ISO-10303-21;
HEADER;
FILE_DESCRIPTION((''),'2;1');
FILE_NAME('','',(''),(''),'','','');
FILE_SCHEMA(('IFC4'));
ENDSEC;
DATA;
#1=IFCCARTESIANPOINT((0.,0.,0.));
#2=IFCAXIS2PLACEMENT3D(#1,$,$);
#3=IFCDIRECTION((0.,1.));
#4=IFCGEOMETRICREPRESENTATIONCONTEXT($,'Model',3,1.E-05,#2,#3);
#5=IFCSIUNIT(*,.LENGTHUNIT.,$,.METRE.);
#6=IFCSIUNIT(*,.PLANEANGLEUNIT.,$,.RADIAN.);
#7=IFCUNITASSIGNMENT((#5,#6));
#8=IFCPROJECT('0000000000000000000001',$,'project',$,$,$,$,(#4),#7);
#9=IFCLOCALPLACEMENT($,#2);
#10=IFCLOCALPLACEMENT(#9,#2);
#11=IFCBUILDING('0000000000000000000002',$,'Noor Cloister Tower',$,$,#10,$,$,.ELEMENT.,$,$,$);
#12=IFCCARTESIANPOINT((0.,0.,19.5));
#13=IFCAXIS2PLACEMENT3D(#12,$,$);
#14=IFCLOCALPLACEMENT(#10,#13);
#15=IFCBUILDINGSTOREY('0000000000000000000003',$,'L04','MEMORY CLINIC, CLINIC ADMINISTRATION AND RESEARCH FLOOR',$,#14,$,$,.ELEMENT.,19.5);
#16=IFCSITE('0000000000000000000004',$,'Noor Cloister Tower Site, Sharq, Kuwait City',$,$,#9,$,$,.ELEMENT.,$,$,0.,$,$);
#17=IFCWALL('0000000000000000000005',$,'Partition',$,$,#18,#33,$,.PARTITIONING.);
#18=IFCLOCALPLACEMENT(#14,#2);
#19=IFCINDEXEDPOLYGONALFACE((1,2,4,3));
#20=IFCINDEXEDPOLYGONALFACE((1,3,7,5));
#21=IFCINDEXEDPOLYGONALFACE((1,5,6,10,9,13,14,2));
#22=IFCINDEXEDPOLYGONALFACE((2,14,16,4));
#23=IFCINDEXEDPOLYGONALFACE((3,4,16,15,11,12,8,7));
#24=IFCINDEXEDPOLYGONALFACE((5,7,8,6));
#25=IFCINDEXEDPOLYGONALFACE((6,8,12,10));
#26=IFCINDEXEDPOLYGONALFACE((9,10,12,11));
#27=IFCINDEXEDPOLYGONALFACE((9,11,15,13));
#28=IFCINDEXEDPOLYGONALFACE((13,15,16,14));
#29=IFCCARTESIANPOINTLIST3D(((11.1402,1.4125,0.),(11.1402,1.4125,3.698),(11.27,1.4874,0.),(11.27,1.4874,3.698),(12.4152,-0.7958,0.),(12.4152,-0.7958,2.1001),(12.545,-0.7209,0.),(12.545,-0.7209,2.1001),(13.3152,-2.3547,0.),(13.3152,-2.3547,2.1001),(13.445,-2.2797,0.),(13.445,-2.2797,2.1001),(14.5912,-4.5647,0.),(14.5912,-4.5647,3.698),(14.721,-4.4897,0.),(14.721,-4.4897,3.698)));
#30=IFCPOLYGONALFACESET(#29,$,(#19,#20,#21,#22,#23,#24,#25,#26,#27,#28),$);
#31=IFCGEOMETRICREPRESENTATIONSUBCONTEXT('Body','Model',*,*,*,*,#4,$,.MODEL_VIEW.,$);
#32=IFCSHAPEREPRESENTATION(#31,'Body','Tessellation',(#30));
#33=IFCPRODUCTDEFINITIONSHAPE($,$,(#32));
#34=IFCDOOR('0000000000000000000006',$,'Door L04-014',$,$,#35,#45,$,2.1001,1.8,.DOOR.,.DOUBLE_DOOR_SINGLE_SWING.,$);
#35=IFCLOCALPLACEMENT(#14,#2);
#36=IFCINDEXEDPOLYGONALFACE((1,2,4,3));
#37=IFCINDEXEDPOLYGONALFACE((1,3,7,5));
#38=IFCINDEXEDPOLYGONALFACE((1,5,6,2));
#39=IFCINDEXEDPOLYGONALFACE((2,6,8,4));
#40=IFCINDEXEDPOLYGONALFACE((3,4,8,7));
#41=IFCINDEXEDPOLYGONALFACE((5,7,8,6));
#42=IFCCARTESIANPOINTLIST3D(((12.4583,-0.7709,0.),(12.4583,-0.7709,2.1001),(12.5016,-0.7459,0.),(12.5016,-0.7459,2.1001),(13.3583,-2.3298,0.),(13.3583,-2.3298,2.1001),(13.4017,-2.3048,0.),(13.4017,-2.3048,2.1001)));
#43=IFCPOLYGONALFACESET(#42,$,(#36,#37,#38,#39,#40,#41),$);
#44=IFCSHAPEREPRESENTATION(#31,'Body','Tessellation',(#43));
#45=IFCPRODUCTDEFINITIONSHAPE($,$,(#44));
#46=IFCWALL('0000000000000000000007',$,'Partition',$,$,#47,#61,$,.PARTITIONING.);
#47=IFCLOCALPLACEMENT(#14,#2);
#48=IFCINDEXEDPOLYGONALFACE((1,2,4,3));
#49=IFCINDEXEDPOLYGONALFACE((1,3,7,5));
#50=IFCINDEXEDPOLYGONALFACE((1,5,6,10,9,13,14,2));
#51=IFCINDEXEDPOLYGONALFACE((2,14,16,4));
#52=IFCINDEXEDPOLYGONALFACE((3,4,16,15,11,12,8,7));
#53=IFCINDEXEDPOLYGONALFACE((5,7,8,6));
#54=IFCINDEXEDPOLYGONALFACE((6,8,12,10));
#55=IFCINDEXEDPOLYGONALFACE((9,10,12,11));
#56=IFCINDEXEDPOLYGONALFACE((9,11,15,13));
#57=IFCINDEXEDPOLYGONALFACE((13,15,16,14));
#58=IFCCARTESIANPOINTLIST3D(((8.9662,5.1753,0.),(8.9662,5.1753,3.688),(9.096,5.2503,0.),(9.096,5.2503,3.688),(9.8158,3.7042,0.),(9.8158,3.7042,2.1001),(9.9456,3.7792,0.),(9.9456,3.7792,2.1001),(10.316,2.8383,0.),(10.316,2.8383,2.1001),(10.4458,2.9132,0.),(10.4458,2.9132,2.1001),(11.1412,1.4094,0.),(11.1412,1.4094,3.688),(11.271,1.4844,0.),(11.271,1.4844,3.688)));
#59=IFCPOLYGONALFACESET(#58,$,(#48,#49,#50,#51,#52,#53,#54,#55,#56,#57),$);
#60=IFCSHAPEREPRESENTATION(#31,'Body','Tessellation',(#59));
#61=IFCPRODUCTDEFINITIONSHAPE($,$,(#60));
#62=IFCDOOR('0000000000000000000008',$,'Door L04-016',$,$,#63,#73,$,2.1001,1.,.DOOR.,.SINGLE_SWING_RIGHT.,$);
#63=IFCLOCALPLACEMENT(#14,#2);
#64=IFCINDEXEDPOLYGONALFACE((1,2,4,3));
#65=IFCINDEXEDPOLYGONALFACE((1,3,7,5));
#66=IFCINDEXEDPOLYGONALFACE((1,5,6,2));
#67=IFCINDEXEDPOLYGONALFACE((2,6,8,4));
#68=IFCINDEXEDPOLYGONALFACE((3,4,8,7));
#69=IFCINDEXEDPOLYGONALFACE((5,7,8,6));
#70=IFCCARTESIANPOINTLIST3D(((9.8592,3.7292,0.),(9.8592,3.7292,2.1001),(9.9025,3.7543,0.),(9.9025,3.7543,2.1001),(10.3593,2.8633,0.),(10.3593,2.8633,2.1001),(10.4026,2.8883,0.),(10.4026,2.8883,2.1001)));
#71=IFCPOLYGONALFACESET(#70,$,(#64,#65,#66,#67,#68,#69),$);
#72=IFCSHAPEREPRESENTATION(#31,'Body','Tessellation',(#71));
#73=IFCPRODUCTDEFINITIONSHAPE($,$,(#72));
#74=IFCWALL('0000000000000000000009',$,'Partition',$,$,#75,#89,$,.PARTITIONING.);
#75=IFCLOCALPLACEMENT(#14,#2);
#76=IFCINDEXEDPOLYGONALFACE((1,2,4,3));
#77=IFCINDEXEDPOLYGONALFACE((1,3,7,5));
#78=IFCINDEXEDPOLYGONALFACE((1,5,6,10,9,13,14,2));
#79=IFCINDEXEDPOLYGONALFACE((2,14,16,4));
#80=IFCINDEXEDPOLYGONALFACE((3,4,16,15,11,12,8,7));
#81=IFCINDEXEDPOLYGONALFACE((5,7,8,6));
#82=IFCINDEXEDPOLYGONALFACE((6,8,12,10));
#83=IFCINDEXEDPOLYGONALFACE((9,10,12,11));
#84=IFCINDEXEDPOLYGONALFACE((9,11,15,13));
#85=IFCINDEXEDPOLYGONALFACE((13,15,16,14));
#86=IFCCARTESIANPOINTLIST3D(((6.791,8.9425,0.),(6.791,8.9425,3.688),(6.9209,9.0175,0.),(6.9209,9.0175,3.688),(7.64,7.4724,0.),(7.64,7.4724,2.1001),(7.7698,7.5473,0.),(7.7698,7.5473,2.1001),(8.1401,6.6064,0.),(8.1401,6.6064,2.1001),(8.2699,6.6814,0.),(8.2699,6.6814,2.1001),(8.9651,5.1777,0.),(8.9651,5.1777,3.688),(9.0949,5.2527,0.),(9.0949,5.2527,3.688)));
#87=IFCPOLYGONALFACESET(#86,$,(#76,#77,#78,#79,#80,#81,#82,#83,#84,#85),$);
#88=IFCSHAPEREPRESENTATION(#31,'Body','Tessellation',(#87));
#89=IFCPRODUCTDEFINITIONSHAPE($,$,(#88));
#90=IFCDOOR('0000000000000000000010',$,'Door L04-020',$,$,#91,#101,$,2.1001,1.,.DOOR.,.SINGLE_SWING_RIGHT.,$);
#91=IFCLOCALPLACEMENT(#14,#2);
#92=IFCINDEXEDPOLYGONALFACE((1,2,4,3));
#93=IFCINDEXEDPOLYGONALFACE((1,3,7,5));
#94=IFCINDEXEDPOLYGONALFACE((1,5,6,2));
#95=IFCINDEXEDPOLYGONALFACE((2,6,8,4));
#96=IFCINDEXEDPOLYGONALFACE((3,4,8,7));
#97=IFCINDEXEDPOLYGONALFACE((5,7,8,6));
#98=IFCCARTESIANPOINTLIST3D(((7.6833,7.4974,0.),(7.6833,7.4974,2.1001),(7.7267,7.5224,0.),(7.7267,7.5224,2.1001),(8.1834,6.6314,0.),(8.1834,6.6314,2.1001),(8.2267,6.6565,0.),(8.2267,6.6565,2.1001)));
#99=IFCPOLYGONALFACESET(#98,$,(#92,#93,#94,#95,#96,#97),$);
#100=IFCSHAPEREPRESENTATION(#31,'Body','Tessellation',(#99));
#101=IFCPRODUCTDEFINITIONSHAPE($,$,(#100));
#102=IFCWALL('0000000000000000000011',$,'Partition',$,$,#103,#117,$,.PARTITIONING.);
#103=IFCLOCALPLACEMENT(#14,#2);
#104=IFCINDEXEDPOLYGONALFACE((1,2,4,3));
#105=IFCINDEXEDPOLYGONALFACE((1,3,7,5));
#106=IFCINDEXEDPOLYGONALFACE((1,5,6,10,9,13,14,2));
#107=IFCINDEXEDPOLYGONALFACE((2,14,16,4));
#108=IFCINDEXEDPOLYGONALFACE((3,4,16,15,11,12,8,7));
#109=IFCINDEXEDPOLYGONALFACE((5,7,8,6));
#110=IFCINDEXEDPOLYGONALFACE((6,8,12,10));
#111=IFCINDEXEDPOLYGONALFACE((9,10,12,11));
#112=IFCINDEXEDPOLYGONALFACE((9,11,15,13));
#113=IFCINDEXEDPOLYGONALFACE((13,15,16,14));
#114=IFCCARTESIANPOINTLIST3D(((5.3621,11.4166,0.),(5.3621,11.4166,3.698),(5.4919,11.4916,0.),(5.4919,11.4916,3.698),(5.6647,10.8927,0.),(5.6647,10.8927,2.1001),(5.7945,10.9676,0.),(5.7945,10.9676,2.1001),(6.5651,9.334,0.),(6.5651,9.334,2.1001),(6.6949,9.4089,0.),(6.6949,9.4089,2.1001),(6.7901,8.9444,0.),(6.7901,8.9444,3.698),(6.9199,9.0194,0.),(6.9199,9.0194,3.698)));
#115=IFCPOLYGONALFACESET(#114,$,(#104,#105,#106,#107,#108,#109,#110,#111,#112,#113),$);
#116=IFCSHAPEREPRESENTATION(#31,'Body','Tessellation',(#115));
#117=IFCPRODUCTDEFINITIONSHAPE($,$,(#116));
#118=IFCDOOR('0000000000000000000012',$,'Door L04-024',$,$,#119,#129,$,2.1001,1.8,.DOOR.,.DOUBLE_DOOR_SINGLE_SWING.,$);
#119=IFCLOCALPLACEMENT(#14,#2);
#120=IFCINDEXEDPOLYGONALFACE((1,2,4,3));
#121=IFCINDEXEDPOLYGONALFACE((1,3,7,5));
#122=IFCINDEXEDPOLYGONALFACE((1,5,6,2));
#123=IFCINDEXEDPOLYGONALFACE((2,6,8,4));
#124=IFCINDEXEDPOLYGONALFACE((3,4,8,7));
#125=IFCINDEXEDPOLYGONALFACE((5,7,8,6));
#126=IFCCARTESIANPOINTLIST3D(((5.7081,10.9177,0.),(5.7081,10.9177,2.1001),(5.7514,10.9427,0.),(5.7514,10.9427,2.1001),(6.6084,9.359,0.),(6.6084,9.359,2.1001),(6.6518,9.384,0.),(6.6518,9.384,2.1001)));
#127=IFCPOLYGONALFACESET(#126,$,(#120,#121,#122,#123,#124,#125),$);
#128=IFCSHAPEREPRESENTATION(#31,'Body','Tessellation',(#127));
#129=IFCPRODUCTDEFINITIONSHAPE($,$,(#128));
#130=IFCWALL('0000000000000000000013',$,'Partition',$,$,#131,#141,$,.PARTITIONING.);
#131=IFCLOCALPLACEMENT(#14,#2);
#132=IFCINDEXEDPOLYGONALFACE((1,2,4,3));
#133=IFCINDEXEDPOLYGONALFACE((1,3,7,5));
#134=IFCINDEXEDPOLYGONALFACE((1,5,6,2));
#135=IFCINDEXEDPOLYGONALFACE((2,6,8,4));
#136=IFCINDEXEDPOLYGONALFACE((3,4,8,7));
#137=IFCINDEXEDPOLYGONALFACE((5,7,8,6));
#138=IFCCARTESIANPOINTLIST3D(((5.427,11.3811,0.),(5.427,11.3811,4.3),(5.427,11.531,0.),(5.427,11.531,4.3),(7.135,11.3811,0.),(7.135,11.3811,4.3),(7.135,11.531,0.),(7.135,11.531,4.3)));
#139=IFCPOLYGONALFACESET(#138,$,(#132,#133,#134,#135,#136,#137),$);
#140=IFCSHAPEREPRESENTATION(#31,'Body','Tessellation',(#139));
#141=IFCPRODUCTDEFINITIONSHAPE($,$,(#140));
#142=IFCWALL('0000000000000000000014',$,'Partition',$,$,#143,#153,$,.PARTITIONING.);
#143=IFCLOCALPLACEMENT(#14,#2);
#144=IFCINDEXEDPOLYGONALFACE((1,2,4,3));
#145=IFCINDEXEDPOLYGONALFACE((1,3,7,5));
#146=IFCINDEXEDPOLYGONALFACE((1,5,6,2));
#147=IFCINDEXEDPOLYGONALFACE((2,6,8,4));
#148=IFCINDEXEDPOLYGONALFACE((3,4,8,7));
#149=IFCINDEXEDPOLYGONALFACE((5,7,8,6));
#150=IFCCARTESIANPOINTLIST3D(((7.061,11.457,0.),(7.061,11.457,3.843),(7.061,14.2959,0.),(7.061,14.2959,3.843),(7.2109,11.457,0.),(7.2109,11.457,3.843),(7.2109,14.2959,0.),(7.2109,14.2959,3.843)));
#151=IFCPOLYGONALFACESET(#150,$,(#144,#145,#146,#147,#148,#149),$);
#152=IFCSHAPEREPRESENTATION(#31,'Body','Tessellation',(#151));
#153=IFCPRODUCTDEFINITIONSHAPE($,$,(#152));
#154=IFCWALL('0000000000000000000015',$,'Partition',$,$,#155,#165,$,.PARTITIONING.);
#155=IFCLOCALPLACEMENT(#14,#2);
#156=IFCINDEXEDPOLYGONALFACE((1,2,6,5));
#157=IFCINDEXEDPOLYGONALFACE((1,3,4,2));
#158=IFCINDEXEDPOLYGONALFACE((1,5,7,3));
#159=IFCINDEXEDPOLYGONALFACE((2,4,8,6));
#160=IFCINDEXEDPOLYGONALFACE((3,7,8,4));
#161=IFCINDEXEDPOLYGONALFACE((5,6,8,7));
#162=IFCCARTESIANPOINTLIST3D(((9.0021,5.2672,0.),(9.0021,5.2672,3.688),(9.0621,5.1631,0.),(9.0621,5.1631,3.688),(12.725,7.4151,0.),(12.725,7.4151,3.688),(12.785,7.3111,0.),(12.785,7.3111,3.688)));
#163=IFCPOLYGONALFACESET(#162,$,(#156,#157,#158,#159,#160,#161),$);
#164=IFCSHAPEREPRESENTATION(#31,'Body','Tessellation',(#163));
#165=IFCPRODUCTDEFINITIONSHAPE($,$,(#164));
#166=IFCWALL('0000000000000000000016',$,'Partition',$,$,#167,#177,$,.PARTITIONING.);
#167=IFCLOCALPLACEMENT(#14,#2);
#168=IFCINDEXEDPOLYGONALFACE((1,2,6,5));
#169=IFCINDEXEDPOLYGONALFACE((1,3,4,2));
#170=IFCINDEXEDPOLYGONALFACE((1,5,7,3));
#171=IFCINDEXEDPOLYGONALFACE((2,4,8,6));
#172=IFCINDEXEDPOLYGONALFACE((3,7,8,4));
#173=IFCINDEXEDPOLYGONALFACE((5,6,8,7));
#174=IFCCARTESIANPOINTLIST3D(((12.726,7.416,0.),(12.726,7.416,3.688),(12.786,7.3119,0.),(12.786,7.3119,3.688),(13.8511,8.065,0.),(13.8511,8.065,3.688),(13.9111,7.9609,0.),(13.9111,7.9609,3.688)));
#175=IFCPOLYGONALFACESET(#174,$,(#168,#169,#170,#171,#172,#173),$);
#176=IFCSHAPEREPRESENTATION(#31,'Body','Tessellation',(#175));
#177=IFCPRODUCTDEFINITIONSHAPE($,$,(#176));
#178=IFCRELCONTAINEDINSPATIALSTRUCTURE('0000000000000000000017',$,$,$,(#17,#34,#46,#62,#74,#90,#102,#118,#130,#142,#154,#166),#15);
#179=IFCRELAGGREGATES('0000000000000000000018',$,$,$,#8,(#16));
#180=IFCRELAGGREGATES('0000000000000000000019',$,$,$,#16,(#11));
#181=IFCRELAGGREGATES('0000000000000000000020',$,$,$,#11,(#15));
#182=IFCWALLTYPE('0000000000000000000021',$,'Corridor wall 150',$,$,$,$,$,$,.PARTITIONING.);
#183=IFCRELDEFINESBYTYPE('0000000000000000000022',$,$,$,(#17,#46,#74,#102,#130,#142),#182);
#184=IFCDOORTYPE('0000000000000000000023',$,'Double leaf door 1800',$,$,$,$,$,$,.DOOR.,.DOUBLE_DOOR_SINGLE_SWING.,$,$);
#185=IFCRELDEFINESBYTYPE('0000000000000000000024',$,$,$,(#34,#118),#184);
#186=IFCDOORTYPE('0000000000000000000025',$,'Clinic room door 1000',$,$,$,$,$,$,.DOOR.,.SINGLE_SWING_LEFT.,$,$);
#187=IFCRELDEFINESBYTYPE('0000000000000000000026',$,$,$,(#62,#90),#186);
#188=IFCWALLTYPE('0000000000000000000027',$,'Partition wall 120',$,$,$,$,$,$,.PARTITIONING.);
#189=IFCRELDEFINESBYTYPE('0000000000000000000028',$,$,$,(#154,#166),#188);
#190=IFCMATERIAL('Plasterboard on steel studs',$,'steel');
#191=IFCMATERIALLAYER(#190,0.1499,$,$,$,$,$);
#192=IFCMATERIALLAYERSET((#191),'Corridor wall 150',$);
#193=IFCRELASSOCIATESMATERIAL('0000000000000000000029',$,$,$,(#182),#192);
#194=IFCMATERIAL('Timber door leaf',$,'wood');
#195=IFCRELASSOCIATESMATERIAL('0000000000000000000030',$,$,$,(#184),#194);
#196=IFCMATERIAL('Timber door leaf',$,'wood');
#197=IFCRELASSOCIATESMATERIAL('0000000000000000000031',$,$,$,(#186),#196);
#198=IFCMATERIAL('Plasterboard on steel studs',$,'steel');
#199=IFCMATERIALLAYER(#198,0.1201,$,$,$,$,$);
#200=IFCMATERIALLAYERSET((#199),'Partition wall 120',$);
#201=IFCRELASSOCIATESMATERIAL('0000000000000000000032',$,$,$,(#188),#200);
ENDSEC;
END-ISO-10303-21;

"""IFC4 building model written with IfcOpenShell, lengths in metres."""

from ifc_helpers import new_model, si_unit, direction, frame, frame_2d, origin, place, context, subcontext, project, spatial, rectangle, extrude, material, layer, layer_set, type_object, element, fill, save


model = new_model("IFC4")

# Units and contexts
model_context = context("Model", 3, precision=1e-05, world=origin(), true_north=direction((0.0, 1.0)))
body_context = subcontext(model_context, "Body", "Model", "MODEL_VIEW")
ifc_project = project(units=[si_unit("LENGTHUNIT", "METRE"), si_unit("PLANEANGLEUNIT", "RADIAN")], contexts=[model_context])

# Site, building, storey
site_placement = place(None, origin())
site = spatial("IfcSite", under=ifc_project, at=site_placement, Name="Noor Cloister Tower Site, Sharq, Kuwait City", CompositionType="ELEMENT", RefElevation=0.0)
building_placement = place(site_placement, origin())
building = spatial("IfcBuilding", under=site, at=building_placement, Name="Noor Cloister Tower", CompositionType="ELEMENT")
storey_placement = place(building_placement, frame((0.0, 0.0, 19.5)))
storey = spatial("IfcBuildingStorey", under=building, at=storey_placement, Name="L04", Description="MEMORY CLINIC, CLINIC ADMINISTRATION AND RESEARCH FLOOR", CompositionType="ELEMENT", Elevation=19.5)

# Walls, openings, doors
ifc_material_1 = material(Name="Plasterboard on steel studs", Category="steel")
ifc_layer_1 = layer(ifc_material_1, 0.1499)
ifc_layer_set_1 = layer_set([ifc_layer_1], Name="Corridor wall 150")
wall_type_1 = type_object("IfcWallType", Name="Corridor wall 150", PredefinedType="PARTITIONING", material=ifc_layer_set_1)
wall_1_placement = place(storey_placement, frame((11.2051, 1.45, 0.0), z_axis=(0.0, 0.0, 1.0), x_axis=(0.500008, -0.866021, 0.0)))
wall_1 = element("IfcWall", 1, at=wall_1_placement, inside=storey, type_object=wall_type_1, Name="Partition", PredefinedType="PARTITIONING", context=body_context, shape_type="SweptSolid", body=[
    extrude(rectangle(XDim=6.9019, YDim=0.1499, at=frame_2d((3.4509, 0.0))), origin(), (0.0, 0.0, 1.0), 3.698),
])
opening_1_placement = place(wall_1_placement, frame((2.55, 0.0, 0.0)))
opening_1 = element("IfcOpeningElement", 2, at=opening_1_placement, cuts=wall_1, PredefinedType="OPENING", context=body_context, shape_type="SweptSolid", body=[
    extrude(rectangle(XDim=1.8, YDim=2.1001, at=frame_2d((0.8999, 1.05))), frame((0.0, 0.085, 0.0), z_axis=(0.0, -1.0, 0.0), x_axis=(1.0, 0.0, 0.0)), (0.0, 0.0, 1.0), 0.1699),
])
ifc_material_2 = material(Name="Timber door leaf", Category="wood")
door_type_1 = type_object("IfcDoorType", Name="Double leaf door 1800", OperationType="DOUBLE_DOOR_SINGLE_SWING", PredefinedType="DOOR", material=ifc_material_2)
door_1_placement = place(opening_1_placement, origin())
door_1 = element("IfcDoor", 3, at=door_1_placement, inside=storey, type_object=door_type_1, Name="Door L04-014", OperationType="DOUBLE_DOOR_SINGLE_SWING", OverallHeight=2.1001, OverallWidth=1.8, PredefinedType="DOOR", context=body_context, shape_type="SweptSolid", body=[
    extrude(rectangle(XDim=1.8, YDim=2.1001, at=frame_2d((0.8999, 1.05))), frame((0.0, 0.0249, 0.0), z_axis=(0.0, -1.0, 0.0), x_axis=(1.0, 0.0, 0.0)), (0.0, 0.0, 1.0), 0.05),
])
fill(opening_1, door_1)
wall_2_placement = place(storey_placement, frame((11.2061, 1.447, 0.0), z_axis=(0.0, 0.0, 1.0), x_axis=(-0.500142, 0.865943, 0.0)))
wall_2 = element("IfcWall", 4, at=wall_2_placement, inside=storey, type_object=wall_type_1, Name="Partition", PredefinedType="PARTITIONING", context=body_context, shape_type="SweptSolid", body=[
    extrude(rectangle(XDim=4.3489, YDim=0.1499, at=frame_2d((2.1743, 0.0))), origin(), (0.0, 0.0, 1.0), 3.688),
])
opening_2_placement = place(wall_2_placement, frame((1.6499, 0.0, 0.0)))
opening_2 = element("IfcOpeningElement", 5, at=opening_2_placement, cuts=wall_2, PredefinedType="OPENING", context=body_context, shape_type="SweptSolid", body=[
    extrude(rectangle(XDim=1.0, YDim=2.1001, at=frame_2d((0.5, 1.05))), frame((0.0, 0.085, 0.0), z_axis=(0.0, -1.0, 0.0), x_axis=(1.0, 0.0, 0.0)), (0.0, 0.0, 1.0), 0.1699),
])
ifc_material_3 = material(Name="Timber door leaf", Category="wood")
door_type_2 = type_object("IfcDoorType", Name="Clinic room door 1000", OperationType="SINGLE_SWING_LEFT", PredefinedType="DOOR", material=ifc_material_3)
door_2_placement = place(opening_2_placement, origin())
door_2 = element("IfcDoor", 6, at=door_2_placement, inside=storey, type_object=door_type_2, Name="Door L04-016", OperationType="SINGLE_SWING_RIGHT", OverallHeight=2.1001, OverallWidth=1.0, PredefinedType="DOOR", context=body_context, shape_type="SweptSolid", body=[
    extrude(rectangle(XDim=1.0, YDim=2.1001, at=frame_2d((0.5, 1.05))), frame((0.0, 0.0249, 0.0), z_axis=(0.0, -1.0, 0.0), x_axis=(1.0, 0.0, 0.0)), (0.0, 0.0, 1.0), 0.05),
])
fill(opening_2, door_2)
wall_3_placement = place(storey_placement, frame((9.03, 5.2151, 0.0), z_axis=(0.0, 0.0, 1.0), x_axis=(-0.500071, 0.865985, 0.0)))
wall_3 = element("IfcWall", 7, at=wall_3_placement, inside=storey, type_object=wall_type_1, Name="Partition", PredefinedType="PARTITIONING", context=body_context, shape_type="SweptSolid", body=[
    extrude(rectangle(XDim=4.3474, YDim=0.1499, at=frame_2d((2.1738, 0.0))), origin(), (0.0, 0.0, 1.0), 3.688),
])
opening_3_placement = place(wall_3_placement, frame((1.6499, 0.0, 0.0)))
opening_3 = element("IfcOpeningElement", 8, at=opening_3_placement, cuts=wall_3, PredefinedType="OPENING", context=body_context, shape_type="SweptSolid", body=[
    extrude(rectangle(XDim=1.0, YDim=2.1001, at=frame_2d((0.5, 1.05))), frame((0.0, 0.085, 0.0), z_axis=(0.0, -1.0, 0.0), x_axis=(1.0, 0.0, 0.0)), (0.0, 0.0, 1.0), 0.1699),
])
door_3_placement = place(opening_3_placement, origin())
door_3 = element("IfcDoor", 9, at=door_3_placement, inside=storey, type_object=door_type_2, Name="Door L04-020", OperationType="SINGLE_SWING_RIGHT", OverallHeight=2.1001, OverallWidth=1.0, PredefinedType="DOOR", context=body_context, shape_type="SweptSolid", body=[
    extrude(rectangle(XDim=1.0, YDim=2.1001, at=frame_2d((0.5, 1.05))), frame((0.0, 0.0249, 0.0), z_axis=(0.0, -1.0, 0.0), x_axis=(1.0, 0.0, 0.0)), (0.0, 0.0, 1.0), 0.05),
])
fill(opening_3, door_3)
wall_4_placement = place(storey_placement, frame((6.855, 8.9819, 0.0), z_axis=(0.0, 0.0, 1.0), x_axis=(-0.500176, 0.865924, 0.0)))
wall_4 = element("IfcWall", 10, at=wall_4_placement, inside=storey, type_object=wall_type_1, Name="Partition", PredefinedType="PARTITIONING", context=body_context, shape_type="SweptSolid", body=[
    extrude(rectangle(XDim=2.855, YDim=0.1499, at=frame_2d((1.4275, 0.0))), origin(), (0.0, 0.0, 1.0), 3.698),
])
opening_4_placement = place(wall_4_placement, frame((0.45, 0.0, 0.0)))
opening_4 = element("IfcOpeningElement", 11, at=opening_4_placement, cuts=wall_4, PredefinedType="OPENING", context=body_context, shape_type="SweptSolid", body=[
    extrude(rectangle(XDim=1.8, YDim=2.1001, at=frame_2d((0.8999, 1.05))), frame((0.0, 0.085, 0.0), z_axis=(0.0, -1.0, 0.0), x_axis=(1.0, 0.0, 0.0)), (0.0, 0.0, 1.0), 0.1699),
])
door_4_placement = place(opening_4_placement, origin())
door_4 = element("IfcDoor", 12, at=door_4_placement, inside=storey, type_object=door_type_1, Name="Door L04-024", OperationType="DOUBLE_DOOR_SINGLE_SWING", OverallHeight=2.1001, OverallWidth=1.8, PredefinedType="DOOR", context=body_context, shape_type="SweptSolid", body=[
    extrude(rectangle(XDim=1.8, YDim=2.1001, at=frame_2d((0.8999, 1.05))), frame((0.0, 0.0249, 0.0), z_axis=(0.0, -1.0, 0.0), x_axis=(1.0, 0.0, 0.0)), (0.0, 0.0, 1.0), 0.05),
])
fill(opening_4, door_4)

# Walls
wall_5_placement = place(storey_placement, frame((5.427, 11.4561, 0.0), z_axis=(0.0, 0.0, 1.0), x_axis=(1.0, 0.0, 0.0)))
element("IfcWall", 13, at=wall_5_placement, inside=storey, type_object=wall_type_1, Name="Partition", PredefinedType="PARTITIONING", context=body_context, shape_type="SweptSolid", body=[
    extrude(rectangle(XDim=1.708, YDim=0.1499, at=frame_2d((0.854, 0.0))), origin(), (0.0, 0.0, 1.0), 4.3),
])
wall_6_placement = place(storey_placement, frame((7.136, 11.457, 0.0), z_axis=(0.0, 0.0, 1.0), x_axis=(0.0, 1.0, 0.0)))
element("IfcWall", 14, at=wall_6_placement, inside=storey, type_object=wall_type_1, Name="Partition", PredefinedType="PARTITIONING", context=body_context, shape_type="SweptSolid", body=[
    extrude(rectangle(XDim=2.8389, YDim=0.1499, at=frame_2d((1.4194, 0.0))), origin(), (0.0, 0.0, 1.0), 3.843),
])
ifc_material_4 = material(Name="Plasterboard on steel studs", Category="steel")
ifc_layer_2 = layer(ifc_material_4, 0.1201)
ifc_layer_set_2 = layer_set([ifc_layer_2], Name="Partition wall 120")
wall_type_2 = type_object("IfcWallType", Name="Partition wall 120", PredefinedType="PARTITIONING", material=ifc_layer_set_2)
wall_7_placement = place(storey_placement, frame((12.7549, 7.363, 0.0), z_axis=(0.0, 0.0, 1.0), x_axis=(-0.866173, -0.499744, 0.0)))
element("IfcWall", 15, at=wall_7_placement, inside=storey, type_object=wall_type_2, Name="Partition", PredefinedType="PARTITIONING", context=body_context, shape_type="SweptSolid", body=[
    extrude(rectangle(XDim=4.2981, YDim=0.1201, at=frame_2d((2.1489, 0.0))), origin(), (0.0, 0.0, 1.0), 3.688),
])
wall_8_placement = place(storey_placement, frame((13.8811, 8.0129, 0.0), z_axis=(0.0, 0.0, 1.0), x_axis=(-0.866223, -0.499657, 0.0)))
element("IfcWall", 16, at=wall_8_placement, inside=storey, type_object=wall_type_2, Name="Partition", PredefinedType="PARTITIONING", context=body_context, shape_type="SweptSolid", body=[
    extrude(rectangle(XDim=1.2988, YDim=0.1201, at=frame_2d((0.6494, 0.0))), origin(), (0.0, 0.0, 1.0), 3.688),
])

save(model, "model.ifc")
